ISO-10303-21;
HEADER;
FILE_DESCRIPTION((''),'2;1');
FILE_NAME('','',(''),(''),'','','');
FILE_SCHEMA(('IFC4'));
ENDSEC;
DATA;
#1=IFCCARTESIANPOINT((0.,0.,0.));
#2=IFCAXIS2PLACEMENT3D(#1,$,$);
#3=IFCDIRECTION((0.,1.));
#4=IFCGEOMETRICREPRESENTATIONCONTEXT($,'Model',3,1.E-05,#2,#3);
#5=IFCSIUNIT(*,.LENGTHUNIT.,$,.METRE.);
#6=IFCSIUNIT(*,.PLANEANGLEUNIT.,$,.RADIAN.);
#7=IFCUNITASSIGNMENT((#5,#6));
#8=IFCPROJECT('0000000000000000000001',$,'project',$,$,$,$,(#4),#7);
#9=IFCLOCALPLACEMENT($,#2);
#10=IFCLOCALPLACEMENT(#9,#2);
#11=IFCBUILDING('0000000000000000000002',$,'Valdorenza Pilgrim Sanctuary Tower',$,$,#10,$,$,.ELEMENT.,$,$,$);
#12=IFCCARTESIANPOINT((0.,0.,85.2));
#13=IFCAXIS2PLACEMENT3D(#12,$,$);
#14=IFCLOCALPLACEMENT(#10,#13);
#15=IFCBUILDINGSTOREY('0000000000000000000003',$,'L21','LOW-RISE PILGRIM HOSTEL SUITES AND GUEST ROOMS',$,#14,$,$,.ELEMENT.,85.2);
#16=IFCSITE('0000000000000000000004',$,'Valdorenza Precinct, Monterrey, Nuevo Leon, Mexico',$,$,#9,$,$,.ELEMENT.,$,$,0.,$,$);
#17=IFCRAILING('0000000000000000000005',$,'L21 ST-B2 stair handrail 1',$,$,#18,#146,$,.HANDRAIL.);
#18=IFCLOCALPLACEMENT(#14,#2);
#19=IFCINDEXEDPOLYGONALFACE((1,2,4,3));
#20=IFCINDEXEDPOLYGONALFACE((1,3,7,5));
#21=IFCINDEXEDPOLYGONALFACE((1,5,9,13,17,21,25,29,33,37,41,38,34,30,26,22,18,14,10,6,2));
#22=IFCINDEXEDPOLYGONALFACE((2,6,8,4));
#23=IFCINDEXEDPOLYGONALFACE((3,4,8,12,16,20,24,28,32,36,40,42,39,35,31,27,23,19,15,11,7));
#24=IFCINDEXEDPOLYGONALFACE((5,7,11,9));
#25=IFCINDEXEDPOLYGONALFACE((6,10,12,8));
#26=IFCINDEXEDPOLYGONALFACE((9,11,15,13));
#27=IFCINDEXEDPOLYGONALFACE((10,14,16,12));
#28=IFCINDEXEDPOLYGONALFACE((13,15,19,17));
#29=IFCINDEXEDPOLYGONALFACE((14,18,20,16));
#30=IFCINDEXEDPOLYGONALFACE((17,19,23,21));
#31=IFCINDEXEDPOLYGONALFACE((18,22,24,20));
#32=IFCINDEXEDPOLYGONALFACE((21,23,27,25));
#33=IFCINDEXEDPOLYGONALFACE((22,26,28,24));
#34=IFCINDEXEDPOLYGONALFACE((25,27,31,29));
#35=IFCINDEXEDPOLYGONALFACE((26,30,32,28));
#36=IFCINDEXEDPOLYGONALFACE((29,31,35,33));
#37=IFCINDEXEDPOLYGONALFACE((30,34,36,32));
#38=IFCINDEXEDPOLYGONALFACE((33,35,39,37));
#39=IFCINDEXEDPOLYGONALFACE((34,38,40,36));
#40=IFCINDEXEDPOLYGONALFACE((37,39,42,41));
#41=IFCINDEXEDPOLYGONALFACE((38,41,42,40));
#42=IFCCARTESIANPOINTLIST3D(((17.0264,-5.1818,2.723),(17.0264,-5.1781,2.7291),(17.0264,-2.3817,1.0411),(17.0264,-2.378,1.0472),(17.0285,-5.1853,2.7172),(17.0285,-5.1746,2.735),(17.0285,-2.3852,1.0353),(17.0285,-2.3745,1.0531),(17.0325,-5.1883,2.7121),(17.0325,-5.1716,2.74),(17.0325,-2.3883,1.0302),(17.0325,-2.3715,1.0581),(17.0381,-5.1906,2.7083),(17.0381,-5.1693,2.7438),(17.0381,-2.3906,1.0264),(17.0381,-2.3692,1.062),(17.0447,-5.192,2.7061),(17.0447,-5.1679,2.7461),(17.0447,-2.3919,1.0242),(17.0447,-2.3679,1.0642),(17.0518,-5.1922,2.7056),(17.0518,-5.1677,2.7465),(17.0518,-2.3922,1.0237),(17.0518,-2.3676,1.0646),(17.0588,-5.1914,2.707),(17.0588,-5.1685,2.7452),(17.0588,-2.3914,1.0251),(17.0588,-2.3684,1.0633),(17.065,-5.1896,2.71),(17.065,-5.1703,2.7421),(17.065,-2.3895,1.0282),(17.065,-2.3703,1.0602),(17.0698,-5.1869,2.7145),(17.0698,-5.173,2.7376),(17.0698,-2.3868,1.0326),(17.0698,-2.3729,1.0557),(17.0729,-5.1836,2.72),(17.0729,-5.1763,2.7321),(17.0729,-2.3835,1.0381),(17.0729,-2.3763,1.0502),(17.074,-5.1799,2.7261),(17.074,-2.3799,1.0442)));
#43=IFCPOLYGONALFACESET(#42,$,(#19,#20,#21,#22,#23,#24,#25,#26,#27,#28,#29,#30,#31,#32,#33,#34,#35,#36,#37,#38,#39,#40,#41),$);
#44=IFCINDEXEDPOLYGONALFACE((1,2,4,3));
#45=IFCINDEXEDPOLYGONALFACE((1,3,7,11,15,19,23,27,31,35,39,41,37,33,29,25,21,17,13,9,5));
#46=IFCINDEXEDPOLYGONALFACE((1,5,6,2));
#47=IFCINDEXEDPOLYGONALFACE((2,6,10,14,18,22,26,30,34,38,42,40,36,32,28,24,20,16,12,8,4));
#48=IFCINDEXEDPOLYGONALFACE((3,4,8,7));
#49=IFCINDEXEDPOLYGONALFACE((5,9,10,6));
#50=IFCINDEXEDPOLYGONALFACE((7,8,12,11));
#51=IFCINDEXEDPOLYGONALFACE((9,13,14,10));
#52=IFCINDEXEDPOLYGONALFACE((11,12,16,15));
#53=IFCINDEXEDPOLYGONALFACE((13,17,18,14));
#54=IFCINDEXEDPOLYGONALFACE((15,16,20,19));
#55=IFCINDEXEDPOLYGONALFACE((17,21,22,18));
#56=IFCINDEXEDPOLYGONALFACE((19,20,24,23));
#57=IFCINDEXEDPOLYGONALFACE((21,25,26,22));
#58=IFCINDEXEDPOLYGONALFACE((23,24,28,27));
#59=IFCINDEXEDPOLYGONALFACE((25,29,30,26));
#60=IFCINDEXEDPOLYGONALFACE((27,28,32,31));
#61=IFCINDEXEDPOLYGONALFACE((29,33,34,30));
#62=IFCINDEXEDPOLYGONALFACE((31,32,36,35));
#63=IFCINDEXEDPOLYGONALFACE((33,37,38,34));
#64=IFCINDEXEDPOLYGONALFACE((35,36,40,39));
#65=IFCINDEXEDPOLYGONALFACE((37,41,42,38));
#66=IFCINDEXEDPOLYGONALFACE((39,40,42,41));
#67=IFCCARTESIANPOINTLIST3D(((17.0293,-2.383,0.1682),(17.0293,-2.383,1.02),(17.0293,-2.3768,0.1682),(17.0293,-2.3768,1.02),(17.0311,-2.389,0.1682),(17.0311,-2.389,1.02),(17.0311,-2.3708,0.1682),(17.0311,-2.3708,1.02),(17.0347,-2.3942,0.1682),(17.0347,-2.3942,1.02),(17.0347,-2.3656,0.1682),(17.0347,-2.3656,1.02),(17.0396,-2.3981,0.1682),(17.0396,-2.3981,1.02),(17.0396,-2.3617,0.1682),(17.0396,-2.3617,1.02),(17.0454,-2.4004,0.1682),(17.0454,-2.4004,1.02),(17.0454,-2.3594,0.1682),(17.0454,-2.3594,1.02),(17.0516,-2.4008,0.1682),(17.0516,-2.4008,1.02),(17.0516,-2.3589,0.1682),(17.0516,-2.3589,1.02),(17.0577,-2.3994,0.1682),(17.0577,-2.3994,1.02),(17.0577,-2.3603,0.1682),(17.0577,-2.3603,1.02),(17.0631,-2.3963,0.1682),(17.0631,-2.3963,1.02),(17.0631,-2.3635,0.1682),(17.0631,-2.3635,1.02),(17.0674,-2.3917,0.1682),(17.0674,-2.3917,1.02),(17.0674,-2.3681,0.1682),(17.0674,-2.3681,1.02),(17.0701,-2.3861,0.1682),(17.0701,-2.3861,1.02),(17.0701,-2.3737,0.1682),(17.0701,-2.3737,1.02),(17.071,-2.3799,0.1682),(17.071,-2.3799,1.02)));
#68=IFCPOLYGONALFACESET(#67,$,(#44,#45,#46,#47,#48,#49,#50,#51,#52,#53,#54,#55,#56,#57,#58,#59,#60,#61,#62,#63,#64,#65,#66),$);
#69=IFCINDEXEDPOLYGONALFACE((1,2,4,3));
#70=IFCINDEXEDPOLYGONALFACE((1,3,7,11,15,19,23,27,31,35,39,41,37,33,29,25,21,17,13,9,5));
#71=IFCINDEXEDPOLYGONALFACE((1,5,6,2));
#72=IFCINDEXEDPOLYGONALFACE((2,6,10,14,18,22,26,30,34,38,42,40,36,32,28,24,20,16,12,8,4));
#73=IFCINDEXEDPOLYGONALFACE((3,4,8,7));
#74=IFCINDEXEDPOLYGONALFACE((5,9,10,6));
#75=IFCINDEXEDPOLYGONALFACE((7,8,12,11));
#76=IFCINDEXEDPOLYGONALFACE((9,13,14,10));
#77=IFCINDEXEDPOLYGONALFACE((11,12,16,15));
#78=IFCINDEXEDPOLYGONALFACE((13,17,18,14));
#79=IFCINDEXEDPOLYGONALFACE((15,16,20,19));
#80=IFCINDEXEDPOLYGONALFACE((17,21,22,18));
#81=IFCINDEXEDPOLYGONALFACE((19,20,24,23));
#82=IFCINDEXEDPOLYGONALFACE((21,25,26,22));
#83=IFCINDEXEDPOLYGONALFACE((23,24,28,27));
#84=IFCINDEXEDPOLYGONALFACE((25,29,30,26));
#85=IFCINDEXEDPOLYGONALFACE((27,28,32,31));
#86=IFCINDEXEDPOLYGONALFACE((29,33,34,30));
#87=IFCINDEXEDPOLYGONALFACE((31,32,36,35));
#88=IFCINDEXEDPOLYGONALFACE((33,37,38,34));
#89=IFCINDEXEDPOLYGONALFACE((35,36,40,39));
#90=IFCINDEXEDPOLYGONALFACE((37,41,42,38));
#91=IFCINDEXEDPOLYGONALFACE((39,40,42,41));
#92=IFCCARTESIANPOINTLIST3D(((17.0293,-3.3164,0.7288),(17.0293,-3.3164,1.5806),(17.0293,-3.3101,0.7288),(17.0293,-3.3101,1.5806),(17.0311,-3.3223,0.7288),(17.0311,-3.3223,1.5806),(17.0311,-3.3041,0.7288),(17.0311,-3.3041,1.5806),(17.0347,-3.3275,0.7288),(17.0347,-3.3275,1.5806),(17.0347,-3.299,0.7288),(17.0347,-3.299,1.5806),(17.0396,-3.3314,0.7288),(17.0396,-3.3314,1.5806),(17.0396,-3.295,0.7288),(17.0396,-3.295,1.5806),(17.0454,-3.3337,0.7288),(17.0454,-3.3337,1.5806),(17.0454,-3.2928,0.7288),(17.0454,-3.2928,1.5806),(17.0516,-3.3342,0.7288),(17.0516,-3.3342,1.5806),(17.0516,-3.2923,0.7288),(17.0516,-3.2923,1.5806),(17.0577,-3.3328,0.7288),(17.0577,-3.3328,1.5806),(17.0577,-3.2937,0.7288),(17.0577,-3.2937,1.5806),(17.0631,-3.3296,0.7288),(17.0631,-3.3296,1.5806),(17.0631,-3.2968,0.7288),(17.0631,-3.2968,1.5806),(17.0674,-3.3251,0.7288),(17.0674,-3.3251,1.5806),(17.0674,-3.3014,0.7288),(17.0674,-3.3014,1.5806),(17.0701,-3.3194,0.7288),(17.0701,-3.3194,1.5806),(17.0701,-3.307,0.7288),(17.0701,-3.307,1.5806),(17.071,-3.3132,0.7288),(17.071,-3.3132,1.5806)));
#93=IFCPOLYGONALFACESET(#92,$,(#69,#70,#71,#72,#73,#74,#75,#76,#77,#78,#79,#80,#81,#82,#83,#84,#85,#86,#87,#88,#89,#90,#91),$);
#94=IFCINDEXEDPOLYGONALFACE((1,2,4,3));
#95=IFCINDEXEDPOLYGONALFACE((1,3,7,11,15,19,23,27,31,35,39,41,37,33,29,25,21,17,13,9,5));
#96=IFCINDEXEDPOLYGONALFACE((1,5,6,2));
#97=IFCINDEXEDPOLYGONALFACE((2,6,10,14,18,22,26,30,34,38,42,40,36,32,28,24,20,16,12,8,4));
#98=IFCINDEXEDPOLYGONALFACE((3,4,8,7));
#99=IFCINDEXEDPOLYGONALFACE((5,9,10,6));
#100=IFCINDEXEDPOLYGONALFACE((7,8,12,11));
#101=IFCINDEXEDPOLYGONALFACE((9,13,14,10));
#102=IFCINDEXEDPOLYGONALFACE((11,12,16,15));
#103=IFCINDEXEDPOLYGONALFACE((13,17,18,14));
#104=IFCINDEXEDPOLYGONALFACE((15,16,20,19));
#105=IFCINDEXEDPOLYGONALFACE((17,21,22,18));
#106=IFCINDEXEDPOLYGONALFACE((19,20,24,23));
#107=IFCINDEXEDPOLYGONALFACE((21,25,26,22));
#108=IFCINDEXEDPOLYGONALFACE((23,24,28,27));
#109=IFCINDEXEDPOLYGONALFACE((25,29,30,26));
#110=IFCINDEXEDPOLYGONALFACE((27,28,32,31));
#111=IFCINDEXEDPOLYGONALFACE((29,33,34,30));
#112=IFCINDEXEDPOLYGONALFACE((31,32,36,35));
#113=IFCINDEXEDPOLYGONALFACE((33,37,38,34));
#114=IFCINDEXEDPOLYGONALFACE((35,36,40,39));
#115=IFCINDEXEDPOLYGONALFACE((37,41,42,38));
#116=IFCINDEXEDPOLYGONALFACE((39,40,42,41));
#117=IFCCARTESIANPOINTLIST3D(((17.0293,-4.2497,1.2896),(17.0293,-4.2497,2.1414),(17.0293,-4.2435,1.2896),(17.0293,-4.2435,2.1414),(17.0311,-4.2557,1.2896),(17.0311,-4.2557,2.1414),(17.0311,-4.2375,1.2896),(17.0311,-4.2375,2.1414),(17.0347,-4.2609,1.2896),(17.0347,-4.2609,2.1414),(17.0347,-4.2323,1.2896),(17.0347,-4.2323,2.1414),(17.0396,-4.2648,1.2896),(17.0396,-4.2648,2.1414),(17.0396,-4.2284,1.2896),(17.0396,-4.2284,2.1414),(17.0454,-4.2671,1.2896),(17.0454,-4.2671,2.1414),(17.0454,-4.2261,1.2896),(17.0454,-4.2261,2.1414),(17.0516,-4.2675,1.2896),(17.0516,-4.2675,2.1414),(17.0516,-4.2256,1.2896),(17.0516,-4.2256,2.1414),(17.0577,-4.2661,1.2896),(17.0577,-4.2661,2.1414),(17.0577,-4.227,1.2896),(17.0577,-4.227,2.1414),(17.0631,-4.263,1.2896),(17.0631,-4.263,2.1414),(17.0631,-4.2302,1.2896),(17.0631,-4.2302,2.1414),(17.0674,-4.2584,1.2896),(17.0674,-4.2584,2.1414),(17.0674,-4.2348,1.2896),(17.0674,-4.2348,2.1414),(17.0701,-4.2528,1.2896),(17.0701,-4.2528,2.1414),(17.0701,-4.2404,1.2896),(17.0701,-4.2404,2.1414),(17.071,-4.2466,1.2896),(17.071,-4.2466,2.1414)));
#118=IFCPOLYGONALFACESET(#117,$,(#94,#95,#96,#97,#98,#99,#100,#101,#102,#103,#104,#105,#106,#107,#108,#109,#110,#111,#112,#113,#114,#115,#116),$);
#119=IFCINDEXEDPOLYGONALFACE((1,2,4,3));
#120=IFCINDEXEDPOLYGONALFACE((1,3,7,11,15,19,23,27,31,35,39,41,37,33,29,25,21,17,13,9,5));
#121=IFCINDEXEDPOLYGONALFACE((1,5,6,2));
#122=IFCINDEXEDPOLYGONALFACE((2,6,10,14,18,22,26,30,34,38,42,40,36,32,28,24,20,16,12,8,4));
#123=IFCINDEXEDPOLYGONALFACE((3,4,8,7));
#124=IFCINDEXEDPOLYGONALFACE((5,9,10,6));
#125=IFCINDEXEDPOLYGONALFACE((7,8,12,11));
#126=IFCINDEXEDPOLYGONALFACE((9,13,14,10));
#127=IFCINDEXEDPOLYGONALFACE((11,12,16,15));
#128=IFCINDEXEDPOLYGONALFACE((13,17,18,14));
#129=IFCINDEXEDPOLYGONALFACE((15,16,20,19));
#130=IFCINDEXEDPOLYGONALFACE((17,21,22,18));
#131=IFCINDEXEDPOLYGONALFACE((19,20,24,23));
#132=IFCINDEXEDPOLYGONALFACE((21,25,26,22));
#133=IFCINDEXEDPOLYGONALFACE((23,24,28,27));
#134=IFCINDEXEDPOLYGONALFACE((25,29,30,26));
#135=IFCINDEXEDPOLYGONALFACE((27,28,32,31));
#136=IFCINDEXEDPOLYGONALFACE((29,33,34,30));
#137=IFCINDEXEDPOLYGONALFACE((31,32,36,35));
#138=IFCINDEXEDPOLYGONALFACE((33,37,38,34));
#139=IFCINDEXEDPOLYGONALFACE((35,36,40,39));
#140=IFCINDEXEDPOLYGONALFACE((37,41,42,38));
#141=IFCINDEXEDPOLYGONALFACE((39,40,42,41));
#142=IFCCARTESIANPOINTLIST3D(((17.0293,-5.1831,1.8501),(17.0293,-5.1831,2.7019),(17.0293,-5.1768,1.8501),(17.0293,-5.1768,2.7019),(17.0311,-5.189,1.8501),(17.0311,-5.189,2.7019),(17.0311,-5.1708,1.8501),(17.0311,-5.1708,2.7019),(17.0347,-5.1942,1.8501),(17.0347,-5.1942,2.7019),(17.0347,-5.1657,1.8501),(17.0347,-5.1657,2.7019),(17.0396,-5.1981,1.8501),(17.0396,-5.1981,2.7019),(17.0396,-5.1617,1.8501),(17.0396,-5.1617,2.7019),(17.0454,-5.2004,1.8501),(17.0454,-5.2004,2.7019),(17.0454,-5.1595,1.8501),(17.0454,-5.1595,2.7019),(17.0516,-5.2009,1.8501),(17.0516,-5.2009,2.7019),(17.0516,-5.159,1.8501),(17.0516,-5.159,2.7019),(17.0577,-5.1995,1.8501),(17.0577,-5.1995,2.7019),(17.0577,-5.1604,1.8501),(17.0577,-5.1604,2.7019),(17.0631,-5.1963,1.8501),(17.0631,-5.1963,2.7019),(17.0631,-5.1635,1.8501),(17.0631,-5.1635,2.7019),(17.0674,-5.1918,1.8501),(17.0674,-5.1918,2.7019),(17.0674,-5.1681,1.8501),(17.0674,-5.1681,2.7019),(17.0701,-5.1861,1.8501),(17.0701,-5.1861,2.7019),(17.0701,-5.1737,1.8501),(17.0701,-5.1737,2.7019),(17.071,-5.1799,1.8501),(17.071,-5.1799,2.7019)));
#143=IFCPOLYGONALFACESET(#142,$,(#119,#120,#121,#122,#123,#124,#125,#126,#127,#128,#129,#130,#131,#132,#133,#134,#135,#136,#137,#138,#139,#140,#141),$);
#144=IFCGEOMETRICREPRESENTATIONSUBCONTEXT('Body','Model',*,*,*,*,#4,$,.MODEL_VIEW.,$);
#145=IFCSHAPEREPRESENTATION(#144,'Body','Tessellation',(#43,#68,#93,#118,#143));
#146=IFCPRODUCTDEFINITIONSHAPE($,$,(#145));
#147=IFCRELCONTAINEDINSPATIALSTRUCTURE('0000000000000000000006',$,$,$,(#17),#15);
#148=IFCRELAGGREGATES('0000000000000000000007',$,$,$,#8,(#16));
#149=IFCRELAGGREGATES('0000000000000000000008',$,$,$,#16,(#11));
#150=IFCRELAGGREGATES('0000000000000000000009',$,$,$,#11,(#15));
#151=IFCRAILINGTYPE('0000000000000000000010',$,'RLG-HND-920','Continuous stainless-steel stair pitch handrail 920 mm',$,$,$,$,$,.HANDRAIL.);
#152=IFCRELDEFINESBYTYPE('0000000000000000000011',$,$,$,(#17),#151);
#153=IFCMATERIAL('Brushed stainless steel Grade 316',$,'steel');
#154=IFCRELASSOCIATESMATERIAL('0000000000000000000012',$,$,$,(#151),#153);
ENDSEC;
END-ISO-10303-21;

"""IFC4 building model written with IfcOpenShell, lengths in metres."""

from ifc_helpers import new_model, si_unit, direction, frame, origin, origin_2d, place, context, subcontext, project, spatial, circle, extrude, material, type_object, element, save


model = new_model("IFC4")

# Units and contexts
model_context = context("Model", 3, precision=1e-05, world=origin(), true_north=direction((0.0, 1.0)))
body_context = subcontext(model_context, "Body", "Model", "MODEL_VIEW")
ifc_project = project(units=[si_unit("LENGTHUNIT", "METRE"), si_unit("PLANEANGLEUNIT", "RADIAN")], contexts=[model_context])

# Site, building, storey
site_placement = place(None, origin())
site = spatial("IfcSite", under=ifc_project, at=site_placement, Name="Valdorenza Precinct, Monterrey, Nuevo Leon, Mexico", CompositionType="ELEMENT", RefElevation=0.0)
building_placement = place(site_placement, origin())
building = spatial("IfcBuilding", under=site, at=building_placement, Name="Valdorenza Pilgrim Sanctuary Tower", CompositionType="ELEMENT")
storey_placement = place(building_placement, frame((0.0, 0.0, 85.2)))
storey = spatial("IfcBuildingStorey", under=building, at=storey_placement, Name="L21", Description="LOW-RISE PILGRIM HOSTEL SUITES AND GUEST ROOMS", CompositionType="ELEMENT", Elevation=85.2)

# Shared definitions
ifc_material_1 = material(Name="Brushed stainless steel Grade 316", Category="steel")

# Railing
railing_type_1 = type_object("IfcRailingType", Name="RLG-HND-920", Description="Continuous stainless-steel stair pitch handrail 920 mm", PredefinedType="HANDRAIL", material=ifc_material_1)
railing_1_placement = place(storey_placement, frame((17.05, -2.3799, 0.1682)))
element("IfcRailing", 1, at=railing_1_placement, inside=storey, type_object=railing_type_1, Name="L21 ST-B2 stair handrail 1", PredefinedType="HANDRAIL", context=body_context, shape_type="SweptSolid", body=[
    extrude(circle(Radius=0.0239, at=origin_2d()), frame((0.0, 0.0, 0.876), z_axis=(0.0, -0.857242, 0.514913), x_axis=(1.0, 0.0, 0.0)), (0.0, 0.0, 1.0), 3.2664),
    extrude(circle(Radius=0.021, at=origin_2d()), origin(), (0.0, 0.0, 1.0), 0.8518),
    extrude(circle(Radius=0.021, at=origin_2d()), frame((0.0, -0.9333, 0.5605)), (0.0, 0.0, 1.0), 0.8518),
    extrude(circle(Radius=0.021, at=origin_2d()), frame((0.0, -1.8667, 1.1213)), (0.0, 0.0, 1.0), 0.8518),
    extrude(circle(Radius=0.021, at=origin_2d()), frame((0.0, -2.8, 1.6819)), (0.0, 0.0, 1.0), 0.8518),
])

save(model, "model.ifc")
